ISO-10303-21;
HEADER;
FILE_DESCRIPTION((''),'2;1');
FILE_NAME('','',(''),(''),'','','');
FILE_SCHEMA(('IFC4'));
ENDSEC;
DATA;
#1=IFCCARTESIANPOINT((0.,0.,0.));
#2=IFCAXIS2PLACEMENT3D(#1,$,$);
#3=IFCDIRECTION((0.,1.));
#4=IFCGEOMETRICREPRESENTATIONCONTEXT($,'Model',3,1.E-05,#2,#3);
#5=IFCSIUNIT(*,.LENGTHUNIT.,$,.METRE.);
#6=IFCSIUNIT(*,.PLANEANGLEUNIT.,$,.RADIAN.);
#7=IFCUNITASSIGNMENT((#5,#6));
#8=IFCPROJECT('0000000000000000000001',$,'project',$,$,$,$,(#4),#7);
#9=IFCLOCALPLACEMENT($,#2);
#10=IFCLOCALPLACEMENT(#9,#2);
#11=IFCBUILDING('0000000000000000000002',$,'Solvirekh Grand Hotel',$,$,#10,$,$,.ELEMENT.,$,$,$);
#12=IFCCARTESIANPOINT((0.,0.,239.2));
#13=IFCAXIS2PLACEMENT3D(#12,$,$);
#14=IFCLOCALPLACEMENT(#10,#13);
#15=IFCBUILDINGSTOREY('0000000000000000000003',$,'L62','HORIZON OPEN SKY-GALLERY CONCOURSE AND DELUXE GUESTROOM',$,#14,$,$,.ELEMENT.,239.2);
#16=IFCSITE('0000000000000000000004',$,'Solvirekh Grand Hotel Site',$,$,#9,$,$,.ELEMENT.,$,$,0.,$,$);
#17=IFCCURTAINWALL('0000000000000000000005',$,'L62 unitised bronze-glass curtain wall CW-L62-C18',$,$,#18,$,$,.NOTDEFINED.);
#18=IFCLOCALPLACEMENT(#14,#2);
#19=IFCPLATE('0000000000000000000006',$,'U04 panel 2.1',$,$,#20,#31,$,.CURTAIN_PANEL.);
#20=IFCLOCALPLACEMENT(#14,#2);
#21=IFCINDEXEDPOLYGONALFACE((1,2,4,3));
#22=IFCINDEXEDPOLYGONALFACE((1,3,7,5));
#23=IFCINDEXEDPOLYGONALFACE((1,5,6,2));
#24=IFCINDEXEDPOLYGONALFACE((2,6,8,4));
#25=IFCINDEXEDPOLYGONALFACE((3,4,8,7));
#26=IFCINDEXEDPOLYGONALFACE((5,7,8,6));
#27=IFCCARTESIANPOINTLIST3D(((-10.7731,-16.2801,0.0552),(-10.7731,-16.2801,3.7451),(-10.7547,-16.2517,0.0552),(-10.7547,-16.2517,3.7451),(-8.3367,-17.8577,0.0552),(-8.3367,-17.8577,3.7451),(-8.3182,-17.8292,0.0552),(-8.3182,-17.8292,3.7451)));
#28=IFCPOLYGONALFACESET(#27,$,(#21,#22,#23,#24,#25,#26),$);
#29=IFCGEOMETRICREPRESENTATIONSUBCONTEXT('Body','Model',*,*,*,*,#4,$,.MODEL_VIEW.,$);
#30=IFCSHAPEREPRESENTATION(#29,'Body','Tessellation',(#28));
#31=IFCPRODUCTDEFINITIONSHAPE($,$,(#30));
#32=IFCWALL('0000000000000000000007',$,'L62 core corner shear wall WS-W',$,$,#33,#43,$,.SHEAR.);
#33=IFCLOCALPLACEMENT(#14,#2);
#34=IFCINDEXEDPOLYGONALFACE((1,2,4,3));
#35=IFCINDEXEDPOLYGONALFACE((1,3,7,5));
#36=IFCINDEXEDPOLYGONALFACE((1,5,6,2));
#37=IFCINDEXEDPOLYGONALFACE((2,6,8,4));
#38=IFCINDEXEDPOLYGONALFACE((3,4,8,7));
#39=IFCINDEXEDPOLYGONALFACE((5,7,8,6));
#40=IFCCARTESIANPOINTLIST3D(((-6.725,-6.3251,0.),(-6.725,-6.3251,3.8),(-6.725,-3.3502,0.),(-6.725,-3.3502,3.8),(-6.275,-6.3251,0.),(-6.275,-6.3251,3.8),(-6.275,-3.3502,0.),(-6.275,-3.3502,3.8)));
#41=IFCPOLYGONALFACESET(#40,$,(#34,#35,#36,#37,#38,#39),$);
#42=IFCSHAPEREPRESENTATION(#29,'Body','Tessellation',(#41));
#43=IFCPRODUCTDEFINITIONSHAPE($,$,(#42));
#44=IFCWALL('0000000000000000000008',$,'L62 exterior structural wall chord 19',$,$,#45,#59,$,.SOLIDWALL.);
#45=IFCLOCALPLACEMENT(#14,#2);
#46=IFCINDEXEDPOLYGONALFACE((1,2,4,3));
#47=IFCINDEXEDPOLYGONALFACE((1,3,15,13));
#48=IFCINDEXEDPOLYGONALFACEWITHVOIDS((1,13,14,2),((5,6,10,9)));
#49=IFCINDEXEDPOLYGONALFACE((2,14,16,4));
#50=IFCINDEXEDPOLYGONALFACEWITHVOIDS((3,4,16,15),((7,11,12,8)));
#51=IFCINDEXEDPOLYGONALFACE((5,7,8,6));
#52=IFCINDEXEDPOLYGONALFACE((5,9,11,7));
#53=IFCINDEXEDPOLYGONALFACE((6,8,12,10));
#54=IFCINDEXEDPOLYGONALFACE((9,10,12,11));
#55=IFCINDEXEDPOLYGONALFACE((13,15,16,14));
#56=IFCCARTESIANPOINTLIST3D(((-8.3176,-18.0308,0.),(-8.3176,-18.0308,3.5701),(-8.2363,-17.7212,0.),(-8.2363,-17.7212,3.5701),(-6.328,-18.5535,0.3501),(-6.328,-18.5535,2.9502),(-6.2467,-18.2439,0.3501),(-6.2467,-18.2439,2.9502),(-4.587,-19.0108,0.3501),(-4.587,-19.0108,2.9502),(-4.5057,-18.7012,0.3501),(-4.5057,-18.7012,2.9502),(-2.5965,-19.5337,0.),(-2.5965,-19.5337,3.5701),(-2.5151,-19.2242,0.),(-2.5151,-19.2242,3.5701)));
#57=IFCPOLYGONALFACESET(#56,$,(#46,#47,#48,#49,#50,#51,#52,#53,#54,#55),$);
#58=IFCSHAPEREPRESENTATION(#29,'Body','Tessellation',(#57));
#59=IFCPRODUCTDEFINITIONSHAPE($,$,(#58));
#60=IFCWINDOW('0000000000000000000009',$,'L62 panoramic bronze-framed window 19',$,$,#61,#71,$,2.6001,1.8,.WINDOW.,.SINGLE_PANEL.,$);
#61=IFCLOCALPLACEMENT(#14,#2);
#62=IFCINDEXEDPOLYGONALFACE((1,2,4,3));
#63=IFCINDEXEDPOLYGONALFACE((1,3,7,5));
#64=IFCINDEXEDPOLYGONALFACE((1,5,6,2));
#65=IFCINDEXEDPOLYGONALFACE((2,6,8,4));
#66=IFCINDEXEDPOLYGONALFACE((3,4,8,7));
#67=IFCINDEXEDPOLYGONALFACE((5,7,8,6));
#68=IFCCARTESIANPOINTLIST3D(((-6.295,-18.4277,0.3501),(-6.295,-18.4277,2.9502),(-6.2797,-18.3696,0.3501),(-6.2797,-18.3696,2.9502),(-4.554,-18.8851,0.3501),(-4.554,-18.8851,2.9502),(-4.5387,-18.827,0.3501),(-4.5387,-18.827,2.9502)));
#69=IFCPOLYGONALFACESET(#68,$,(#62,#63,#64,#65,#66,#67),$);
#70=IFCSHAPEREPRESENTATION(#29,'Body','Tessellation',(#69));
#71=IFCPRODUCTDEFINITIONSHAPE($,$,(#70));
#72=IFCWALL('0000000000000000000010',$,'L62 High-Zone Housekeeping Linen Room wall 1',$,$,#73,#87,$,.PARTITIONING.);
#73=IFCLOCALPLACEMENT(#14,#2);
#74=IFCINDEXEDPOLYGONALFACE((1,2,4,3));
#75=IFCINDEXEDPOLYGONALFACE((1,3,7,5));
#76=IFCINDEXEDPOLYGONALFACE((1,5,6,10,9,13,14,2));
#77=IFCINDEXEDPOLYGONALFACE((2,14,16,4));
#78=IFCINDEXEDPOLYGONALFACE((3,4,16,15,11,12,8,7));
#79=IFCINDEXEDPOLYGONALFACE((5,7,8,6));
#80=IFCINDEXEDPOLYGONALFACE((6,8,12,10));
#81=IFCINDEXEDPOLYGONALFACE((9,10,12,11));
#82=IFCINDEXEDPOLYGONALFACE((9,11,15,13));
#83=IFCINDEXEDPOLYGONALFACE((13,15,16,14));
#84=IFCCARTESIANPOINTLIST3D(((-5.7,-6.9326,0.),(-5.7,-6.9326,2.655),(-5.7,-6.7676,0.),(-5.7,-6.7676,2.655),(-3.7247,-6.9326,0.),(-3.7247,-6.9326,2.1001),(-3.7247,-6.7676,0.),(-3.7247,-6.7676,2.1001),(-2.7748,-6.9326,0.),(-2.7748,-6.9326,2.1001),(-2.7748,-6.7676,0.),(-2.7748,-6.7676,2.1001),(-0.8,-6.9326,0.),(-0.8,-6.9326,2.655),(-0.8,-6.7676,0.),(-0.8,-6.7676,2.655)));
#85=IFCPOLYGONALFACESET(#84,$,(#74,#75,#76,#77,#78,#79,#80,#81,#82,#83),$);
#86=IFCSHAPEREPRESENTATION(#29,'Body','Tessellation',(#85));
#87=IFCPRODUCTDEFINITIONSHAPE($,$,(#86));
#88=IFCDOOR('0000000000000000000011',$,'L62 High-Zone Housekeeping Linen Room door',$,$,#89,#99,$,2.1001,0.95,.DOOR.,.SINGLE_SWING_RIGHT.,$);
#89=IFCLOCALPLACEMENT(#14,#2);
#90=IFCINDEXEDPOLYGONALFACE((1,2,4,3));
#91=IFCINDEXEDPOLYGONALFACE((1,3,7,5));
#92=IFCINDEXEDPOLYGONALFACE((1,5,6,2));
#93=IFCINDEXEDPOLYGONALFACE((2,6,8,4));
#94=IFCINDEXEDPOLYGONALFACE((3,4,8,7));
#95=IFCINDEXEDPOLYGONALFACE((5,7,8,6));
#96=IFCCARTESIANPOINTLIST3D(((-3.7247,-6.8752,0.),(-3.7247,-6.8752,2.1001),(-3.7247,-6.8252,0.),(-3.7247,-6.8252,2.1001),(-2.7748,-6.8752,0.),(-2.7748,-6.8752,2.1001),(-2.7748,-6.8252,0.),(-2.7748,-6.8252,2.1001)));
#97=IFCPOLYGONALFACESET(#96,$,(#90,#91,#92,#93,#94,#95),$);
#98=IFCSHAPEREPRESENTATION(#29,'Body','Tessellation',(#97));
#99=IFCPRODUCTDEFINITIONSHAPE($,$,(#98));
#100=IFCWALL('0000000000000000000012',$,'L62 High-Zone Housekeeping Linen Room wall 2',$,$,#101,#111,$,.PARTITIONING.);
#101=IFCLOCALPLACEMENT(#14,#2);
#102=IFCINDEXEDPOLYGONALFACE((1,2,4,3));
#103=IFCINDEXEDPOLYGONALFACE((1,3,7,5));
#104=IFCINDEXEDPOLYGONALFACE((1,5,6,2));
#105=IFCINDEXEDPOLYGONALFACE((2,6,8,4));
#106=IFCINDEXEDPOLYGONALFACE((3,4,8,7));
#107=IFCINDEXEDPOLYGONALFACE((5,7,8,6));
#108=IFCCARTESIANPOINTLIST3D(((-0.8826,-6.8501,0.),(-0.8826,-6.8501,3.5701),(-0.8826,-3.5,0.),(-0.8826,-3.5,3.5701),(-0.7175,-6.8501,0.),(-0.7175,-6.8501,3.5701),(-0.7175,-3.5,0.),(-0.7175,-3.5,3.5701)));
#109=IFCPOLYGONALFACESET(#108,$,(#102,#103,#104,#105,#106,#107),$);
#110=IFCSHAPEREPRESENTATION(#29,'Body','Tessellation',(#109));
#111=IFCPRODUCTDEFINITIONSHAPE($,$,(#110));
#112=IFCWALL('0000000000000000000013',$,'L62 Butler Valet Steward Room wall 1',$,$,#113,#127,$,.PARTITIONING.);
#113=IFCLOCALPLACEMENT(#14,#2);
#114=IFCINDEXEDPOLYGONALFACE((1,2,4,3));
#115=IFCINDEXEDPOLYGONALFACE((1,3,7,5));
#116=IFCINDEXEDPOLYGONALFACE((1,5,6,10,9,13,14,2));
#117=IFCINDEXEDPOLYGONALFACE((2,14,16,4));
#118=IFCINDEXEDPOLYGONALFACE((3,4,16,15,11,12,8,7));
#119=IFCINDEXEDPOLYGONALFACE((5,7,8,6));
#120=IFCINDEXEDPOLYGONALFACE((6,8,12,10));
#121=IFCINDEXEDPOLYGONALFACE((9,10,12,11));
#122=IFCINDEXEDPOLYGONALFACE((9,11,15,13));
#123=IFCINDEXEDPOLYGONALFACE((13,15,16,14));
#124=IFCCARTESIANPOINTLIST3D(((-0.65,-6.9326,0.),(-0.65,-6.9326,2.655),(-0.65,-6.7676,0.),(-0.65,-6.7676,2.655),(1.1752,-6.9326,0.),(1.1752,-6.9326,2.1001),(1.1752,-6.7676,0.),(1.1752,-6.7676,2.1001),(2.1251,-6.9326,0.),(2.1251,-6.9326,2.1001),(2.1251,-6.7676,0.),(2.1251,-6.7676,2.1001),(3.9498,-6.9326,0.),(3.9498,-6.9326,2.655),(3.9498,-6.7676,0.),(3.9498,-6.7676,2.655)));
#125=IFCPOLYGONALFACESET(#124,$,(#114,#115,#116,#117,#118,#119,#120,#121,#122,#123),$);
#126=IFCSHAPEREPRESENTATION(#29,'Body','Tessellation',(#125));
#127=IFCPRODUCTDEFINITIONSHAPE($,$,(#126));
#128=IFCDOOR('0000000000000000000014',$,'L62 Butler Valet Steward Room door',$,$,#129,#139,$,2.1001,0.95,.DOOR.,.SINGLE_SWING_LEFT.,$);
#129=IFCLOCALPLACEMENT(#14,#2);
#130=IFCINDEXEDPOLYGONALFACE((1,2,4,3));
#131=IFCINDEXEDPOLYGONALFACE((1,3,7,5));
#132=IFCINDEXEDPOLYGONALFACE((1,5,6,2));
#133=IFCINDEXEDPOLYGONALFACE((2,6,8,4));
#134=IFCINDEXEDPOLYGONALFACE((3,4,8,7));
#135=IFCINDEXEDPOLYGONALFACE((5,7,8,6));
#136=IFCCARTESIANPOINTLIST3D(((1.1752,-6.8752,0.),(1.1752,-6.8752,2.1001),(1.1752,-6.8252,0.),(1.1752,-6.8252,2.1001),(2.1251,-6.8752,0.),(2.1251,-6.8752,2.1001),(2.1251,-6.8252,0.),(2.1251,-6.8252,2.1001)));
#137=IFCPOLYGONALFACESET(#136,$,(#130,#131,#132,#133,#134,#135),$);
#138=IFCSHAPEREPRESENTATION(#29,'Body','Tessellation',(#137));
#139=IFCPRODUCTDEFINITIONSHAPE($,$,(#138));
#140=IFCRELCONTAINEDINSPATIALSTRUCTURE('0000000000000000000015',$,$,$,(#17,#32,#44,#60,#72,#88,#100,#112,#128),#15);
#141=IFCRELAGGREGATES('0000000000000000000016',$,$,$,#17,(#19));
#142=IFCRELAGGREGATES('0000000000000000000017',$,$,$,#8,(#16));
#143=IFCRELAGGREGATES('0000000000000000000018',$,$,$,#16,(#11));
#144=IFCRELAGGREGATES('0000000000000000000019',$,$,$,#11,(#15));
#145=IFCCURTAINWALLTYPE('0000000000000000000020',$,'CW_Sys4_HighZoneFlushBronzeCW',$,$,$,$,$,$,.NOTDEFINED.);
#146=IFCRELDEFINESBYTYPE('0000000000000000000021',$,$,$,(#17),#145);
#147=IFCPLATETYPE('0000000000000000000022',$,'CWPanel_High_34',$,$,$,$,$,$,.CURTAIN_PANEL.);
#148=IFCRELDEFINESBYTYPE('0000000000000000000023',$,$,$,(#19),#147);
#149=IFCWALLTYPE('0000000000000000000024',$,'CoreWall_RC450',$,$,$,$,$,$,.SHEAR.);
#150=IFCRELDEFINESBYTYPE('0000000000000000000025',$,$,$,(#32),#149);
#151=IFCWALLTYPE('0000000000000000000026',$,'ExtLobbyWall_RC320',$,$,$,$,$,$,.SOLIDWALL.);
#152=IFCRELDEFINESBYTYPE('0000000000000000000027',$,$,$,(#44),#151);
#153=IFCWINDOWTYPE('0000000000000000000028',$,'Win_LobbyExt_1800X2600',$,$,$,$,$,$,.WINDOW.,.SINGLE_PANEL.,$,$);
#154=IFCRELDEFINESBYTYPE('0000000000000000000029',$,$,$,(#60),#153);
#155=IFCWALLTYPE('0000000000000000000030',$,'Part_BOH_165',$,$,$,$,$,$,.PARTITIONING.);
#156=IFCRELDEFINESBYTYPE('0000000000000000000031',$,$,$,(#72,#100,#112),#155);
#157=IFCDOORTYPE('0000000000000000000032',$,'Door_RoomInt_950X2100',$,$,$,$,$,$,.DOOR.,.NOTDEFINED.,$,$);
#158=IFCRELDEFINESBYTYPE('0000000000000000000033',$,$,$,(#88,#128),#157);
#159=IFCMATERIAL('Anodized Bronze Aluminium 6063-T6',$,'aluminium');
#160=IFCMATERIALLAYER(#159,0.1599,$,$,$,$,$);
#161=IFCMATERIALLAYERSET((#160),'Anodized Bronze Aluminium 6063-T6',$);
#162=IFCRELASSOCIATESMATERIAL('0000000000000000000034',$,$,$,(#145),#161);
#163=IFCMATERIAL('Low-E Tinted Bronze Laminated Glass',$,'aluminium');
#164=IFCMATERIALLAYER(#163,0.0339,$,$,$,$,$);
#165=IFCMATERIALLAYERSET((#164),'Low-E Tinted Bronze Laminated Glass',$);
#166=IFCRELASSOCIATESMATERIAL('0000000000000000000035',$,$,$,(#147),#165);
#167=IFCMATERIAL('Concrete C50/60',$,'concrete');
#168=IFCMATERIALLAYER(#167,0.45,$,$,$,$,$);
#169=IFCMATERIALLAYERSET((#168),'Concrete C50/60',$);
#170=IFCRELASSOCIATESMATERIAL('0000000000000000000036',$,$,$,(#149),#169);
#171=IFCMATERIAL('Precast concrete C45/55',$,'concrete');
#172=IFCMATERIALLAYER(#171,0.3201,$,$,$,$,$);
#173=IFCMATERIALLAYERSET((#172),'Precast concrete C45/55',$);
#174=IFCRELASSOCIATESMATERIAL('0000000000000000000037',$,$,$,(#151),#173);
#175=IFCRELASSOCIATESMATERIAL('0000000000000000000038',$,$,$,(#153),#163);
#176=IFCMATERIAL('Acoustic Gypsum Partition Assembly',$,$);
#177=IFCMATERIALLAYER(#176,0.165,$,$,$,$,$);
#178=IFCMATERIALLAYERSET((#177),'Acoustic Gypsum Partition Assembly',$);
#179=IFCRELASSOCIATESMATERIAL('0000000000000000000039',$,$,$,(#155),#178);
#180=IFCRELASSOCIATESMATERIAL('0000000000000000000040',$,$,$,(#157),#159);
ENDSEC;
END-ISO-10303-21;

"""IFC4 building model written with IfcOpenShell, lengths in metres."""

from ifc_helpers import new_model, si_unit, direction, frame, frame_2d, origin, origin_2d, place, context, subcontext, project, spatial, rectangle, extrude, source, transform, mapped, material, layer, layer_set, type_object, element, fill, aggregate, save


model = new_model("IFC4")

# Units and contexts
model_context = context("Model", 3, precision=1e-05, world=origin(), true_north=direction((0.0, 1.0)))
body_context = subcontext(model_context, "Body", "Model", "MODEL_VIEW")
ifc_project = project(units=[si_unit("LENGTHUNIT", "METRE"), si_unit("PLANEANGLEUNIT", "RADIAN")], contexts=[model_context])

# Site, building, storey
site_placement = place(None, origin())
site = spatial("IfcSite", under=ifc_project, at=site_placement, Name="Solvirekh Grand Hotel Site", CompositionType="ELEMENT", RefElevation=0.0)
building_placement = place(site_placement, origin())
building = spatial("IfcBuilding", under=site, at=building_placement, Name="Solvirekh Grand Hotel", CompositionType="ELEMENT")
storey_placement = place(building_placement, frame((0.0, 0.0, 239.2)))
storey = spatial("IfcBuildingStorey", under=building, at=storey_placement, Name="L62", Description="HORIZON OPEN SKY-GALLERY CONCOURSE AND DELUXE GUESTROOM", CompositionType="ELEMENT", Elevation=239.2)

# Shared definitions
ifc_material_1 = material(Name="Concrete C50/60", Category="concrete")

# Curtain wall, plate
ifc_material_2 = material(Name="Anodized Bronze Aluminium 6063-T6", Category="aluminium")
ifc_layer_1 = layer(ifc_material_2, 0.1599)
ifc_layer_set_1 = layer_set([ifc_layer_1], Name="Anodized Bronze Aluminium 6063-T6")
curtain_wall_type = type_object("IfcCurtainWallType", Name="CW_Sys4_HighZoneFlushBronzeCW", PredefinedType="NOTDEFINED", material=ifc_layer_set_1)
curtain_wall_placement = place(storey_placement, origin())
curtain_wall = element("IfcCurtainWall", 1, at=curtain_wall_placement, inside=storey, type_object=curtain_wall_type, Name="L62 unitised bronze-glass curtain wall CW-L62-C18", PredefinedType="NOTDEFINED")
ifc_material_3 = material(Name="Low-E Tinted Bronze Laminated Glass", Category="aluminium")
ifc_layer_2 = layer(ifc_material_3, 0.0339)
ifc_layer_set_2 = layer_set([ifc_layer_2], Name="Low-E Tinted Bronze Laminated Glass")
plate_type = type_object("IfcPlateType", Name="CWPanel_High_34", PredefinedType="CURTAIN_PANEL", material=ifc_layer_set_2)
shared_shape_1 = source(origin(), body_context, "Body", "SweptSolid", [
    extrude(rectangle(XDim=2.9026, YDim=0.0339, at=origin_2d()), origin(), (0.0, 0.0, 1.0), 3.6899),
])
plate_placement = place(storey_placement, frame((-9.5457, -17.0547, 0.0552), z_axis=(0.0, 0.0, 1.0), x_axis=(0.839404, -0.543508, 0.0)))
plate = element("IfcPlate", 2, at=plate_placement, type_object=plate_type, Name="U04 panel 2.1", PredefinedType="CURTAIN_PANEL", context=body_context, shape_type="MappedRepresentation", body=[
    mapped(shared_shape_1, transform((0.0, 0.0, 0.0), x_axis=(1.0, 0.0, 0.0), y_axis=(0.0, 1.0, 0.0), z_axis=(0.0, 0.0, 1.0), scale=1.0)),
])
aggregate(curtain_wall, [plate])

# Wall
ifc_layer_3 = layer(ifc_material_1, 0.45)
ifc_layer_set_3 = layer_set([ifc_layer_3], Name="Concrete C50/60")
wall_type_1 = type_object("IfcWallType", Name="CoreWall_RC450", PredefinedType="SHEAR", material=ifc_layer_set_3)
wall_1_placement = place(storey_placement, frame((-6.5, -6.325, 0.0), z_axis=(0.0, 0.0, 1.0), x_axis=(0.0, 1.0, 0.0)))
element("IfcWall", 3, at=wall_1_placement, inside=storey, type_object=wall_type_1, Name="L62 core corner shear wall WS-W", PredefinedType="SHEAR", context=body_context, shape_type="SweptSolid", body=[
    extrude(rectangle(XDim=2.9749, YDim=0.45, at=frame_2d((1.4873, 0.0))), origin(), (0.0, 0.0, 1.0), 3.8),
])

# Wall, opening, window
ifc_material_4 = material(Name="Precast concrete C45/55", Category="concrete")
ifc_layer_4 = layer(ifc_material_4, 0.3201)
ifc_layer_set_4 = layer_set([ifc_layer_4], Name="Precast concrete C45/55")
wall_type_2 = type_object("IfcWallType", Name="ExtLobbyWall_RC320", PredefinedType="SOLIDWALL", material=ifc_layer_set_4)
wall_2_placement = place(storey_placement, frame((-2.5559, -19.3789, 0.0), z_axis=(0.0, 0.0, 1.0), x_axis=(-0.967185, 0.254075, 0.0)))
wall_2 = element("IfcWall", 4, at=wall_2_placement, inside=storey, type_object=wall_type_2, Name="L62 exterior structural wall chord 19", PredefinedType="SOLIDWALL", context=body_context, shape_type="SweptSolid", body=[
    extrude(rectangle(XDim=5.9153, YDim=0.3201, at=frame_2d((2.9575, 0.0))), origin(), (0.0, 0.0, 1.0), 3.5701),
])
opening_1_placement = place(wall_2_placement, frame((2.0581, 0.0, 0.3501)))
opening_1 = element("IfcOpeningElement", 5, at=opening_1_placement, cuts=wall_2, PredefinedType="OPENING", context=body_context, shape_type="SweptSolid", body=[
    extrude(rectangle(XDim=1.8, YDim=2.6001, at=frame_2d((0.8999, 1.3))), frame((0.0, 0.1699, 0.0), z_axis=(0.0, -1.0, 0.0), x_axis=(1.0, 0.0, 0.0)), (0.0, 0.0, 1.0), 0.3401),
])
window_type = type_object("IfcWindowType", Name="Win_LobbyExt_1800X2600", PartitioningType="SINGLE_PANEL", PredefinedType="WINDOW", material=ifc_material_3)
window_placement = place(opening_1_placement, origin())
window = element("IfcWindow", 6, at=window_placement, inside=storey, type_object=window_type, Name="L62 panoramic bronze-framed window 19", OverallHeight=2.6001, OverallWidth=1.8, PartitioningType="SINGLE_PANEL", PredefinedType="WINDOW", context=body_context, shape_type="SweptSolid", body=[
    extrude(rectangle(XDim=1.8, YDim=2.6001, at=frame_2d((0.8999, 1.3))), frame((0.0, 0.03, 0.0), z_axis=(0.0, -1.0, 0.0), x_axis=(1.0, 0.0, 0.0)), (0.0, 0.0, 1.0), 0.0601),
])
fill(opening_1, window)

# Wall, opening, door
ifc_material_5 = material(Name="Acoustic Gypsum Partition Assembly")
ifc_layer_5 = layer(ifc_material_5, 0.165)
ifc_layer_set_5 = layer_set([ifc_layer_5], Name="Acoustic Gypsum Partition Assembly")
wall_type_3 = type_object("IfcWallType", Name="Part_BOH_165", PredefinedType="PARTITIONING", material=ifc_layer_set_5)
wall_3_placement = place(storey_placement, frame((-5.7, -6.8501, 0.0), z_axis=(0.0, 0.0, 1.0), x_axis=(1.0, 0.0, 0.0)))
wall_3 = element("IfcWall", 7, at=wall_3_placement, inside=storey, type_object=wall_type_3, Name="L62 High-Zone Housekeeping Linen Room wall 1", PredefinedType="PARTITIONING", context=body_context, shape_type="SweptSolid", body=[
    extrude(rectangle(XDim=4.8999, YDim=0.165, at=frame_2d((2.45, 0.0))), origin(), (0.0, 0.0, 1.0), 2.655),
])
opening_2_placement = place(wall_3_placement, frame((1.9751, 0.0, 0.0)))
opening_2 = element("IfcOpeningElement", 8, at=opening_2_placement, cuts=wall_3, PredefinedType="OPENING", context=body_context, shape_type="SweptSolid", body=[
    extrude(rectangle(XDim=0.95, YDim=2.1001, at=frame_2d((0.4751, 1.05))), frame((0.0, 0.0925, 0.0), z_axis=(0.0, -1.0, 0.0), x_axis=(1.0, 0.0, 0.0)), (0.0, 0.0, 1.0), 0.1851),
])
door_type = type_object("IfcDoorType", Name="Door_RoomInt_950X2100", OperationType="NOTDEFINED", PredefinedType="DOOR", material=ifc_material_2)
door_1_placement = place(opening_2_placement, origin())
door_1 = element("IfcDoor", 9, at=door_1_placement, inside=storey, type_object=door_type, Name="L62 High-Zone Housekeeping Linen Room door", OperationType="SINGLE_SWING_RIGHT", OverallHeight=2.1001, OverallWidth=0.95, PredefinedType="DOOR", context=body_context, shape_type="SweptSolid", body=[
    extrude(rectangle(XDim=0.95, YDim=2.1001, at=frame_2d((0.4751, 1.05))), frame((0.0, 0.0249, 0.0), z_axis=(0.0, -1.0, 0.0), x_axis=(1.0, 0.0, 0.0)), (0.0, 0.0, 1.0), 0.05),
])
fill(opening_2, door_1)

# Wall
wall_4_placement = place(storey_placement, frame((-0.8, -6.8501, 0.0), z_axis=(0.0, 0.0, 1.0), x_axis=(0.0, 1.0, 0.0)))
element("IfcWall", 10, at=wall_4_placement, inside=storey, type_object=wall_type_3, Name="L62 High-Zone Housekeeping Linen Room wall 2", PredefinedType="PARTITIONING", context=body_context, shape_type="SweptSolid", body=[
    extrude(rectangle(XDim=3.3501, YDim=0.165, at=frame_2d((1.675, 0.0))), origin(), (0.0, 0.0, 1.0), 3.5701),
])

# Wall, opening, door
wall_5_placement = place(storey_placement, frame((-0.6499, -6.8501, 0.0), z_axis=(0.0, 0.0, 1.0), x_axis=(1.0, 0.0, 0.0)))
wall_5 = element("IfcWall", 11, at=wall_5_placement, inside=storey, type_object=wall_type_3, Name="L62 Butler Valet Steward Room wall 1", PredefinedType="PARTITIONING", context=body_context, shape_type="SweptSolid", body=[
    extrude(rectangle(XDim=4.5999, YDim=0.165, at=frame_2d((2.2998, 0.0))), origin(), (0.0, 0.0, 1.0), 2.655),
])
opening_3_placement = place(wall_5_placement, frame((1.825, 0.0, 0.0)))
opening_3 = element("IfcOpeningElement", 12, at=opening_3_placement, cuts=wall_5, PredefinedType="OPENING", context=body_context, shape_type="SweptSolid", body=[
    extrude(rectangle(XDim=0.95, YDim=2.1001, at=frame_2d((0.4751, 1.05))), frame((0.0, 0.0925, 0.0), z_axis=(0.0, -1.0, 0.0), x_axis=(1.0, 0.0, 0.0)), (0.0, 0.0, 1.0), 0.1851),
])
door_2_placement = place(opening_3_placement, origin())
door_2 = element("IfcDoor", 13, at=door_2_placement, inside=storey, type_object=door_type, Name="L62 Butler Valet Steward Room door", OperationType="SINGLE_SWING_LEFT", OverallHeight=2.1001, OverallWidth=0.95, PredefinedType="DOOR", context=body_context, shape_type="SweptSolid", body=[
    extrude(rectangle(XDim=0.95, YDim=2.1001, at=frame_2d((0.4751, 1.05))), frame((0.0, 0.0249, 0.0), z_axis=(0.0, -1.0, 0.0), x_axis=(1.0, 0.0, 0.0)), (0.0, 0.0, 1.0), 0.05),
])
fill(opening_3, door_2)

save(model, "model.ifc")
